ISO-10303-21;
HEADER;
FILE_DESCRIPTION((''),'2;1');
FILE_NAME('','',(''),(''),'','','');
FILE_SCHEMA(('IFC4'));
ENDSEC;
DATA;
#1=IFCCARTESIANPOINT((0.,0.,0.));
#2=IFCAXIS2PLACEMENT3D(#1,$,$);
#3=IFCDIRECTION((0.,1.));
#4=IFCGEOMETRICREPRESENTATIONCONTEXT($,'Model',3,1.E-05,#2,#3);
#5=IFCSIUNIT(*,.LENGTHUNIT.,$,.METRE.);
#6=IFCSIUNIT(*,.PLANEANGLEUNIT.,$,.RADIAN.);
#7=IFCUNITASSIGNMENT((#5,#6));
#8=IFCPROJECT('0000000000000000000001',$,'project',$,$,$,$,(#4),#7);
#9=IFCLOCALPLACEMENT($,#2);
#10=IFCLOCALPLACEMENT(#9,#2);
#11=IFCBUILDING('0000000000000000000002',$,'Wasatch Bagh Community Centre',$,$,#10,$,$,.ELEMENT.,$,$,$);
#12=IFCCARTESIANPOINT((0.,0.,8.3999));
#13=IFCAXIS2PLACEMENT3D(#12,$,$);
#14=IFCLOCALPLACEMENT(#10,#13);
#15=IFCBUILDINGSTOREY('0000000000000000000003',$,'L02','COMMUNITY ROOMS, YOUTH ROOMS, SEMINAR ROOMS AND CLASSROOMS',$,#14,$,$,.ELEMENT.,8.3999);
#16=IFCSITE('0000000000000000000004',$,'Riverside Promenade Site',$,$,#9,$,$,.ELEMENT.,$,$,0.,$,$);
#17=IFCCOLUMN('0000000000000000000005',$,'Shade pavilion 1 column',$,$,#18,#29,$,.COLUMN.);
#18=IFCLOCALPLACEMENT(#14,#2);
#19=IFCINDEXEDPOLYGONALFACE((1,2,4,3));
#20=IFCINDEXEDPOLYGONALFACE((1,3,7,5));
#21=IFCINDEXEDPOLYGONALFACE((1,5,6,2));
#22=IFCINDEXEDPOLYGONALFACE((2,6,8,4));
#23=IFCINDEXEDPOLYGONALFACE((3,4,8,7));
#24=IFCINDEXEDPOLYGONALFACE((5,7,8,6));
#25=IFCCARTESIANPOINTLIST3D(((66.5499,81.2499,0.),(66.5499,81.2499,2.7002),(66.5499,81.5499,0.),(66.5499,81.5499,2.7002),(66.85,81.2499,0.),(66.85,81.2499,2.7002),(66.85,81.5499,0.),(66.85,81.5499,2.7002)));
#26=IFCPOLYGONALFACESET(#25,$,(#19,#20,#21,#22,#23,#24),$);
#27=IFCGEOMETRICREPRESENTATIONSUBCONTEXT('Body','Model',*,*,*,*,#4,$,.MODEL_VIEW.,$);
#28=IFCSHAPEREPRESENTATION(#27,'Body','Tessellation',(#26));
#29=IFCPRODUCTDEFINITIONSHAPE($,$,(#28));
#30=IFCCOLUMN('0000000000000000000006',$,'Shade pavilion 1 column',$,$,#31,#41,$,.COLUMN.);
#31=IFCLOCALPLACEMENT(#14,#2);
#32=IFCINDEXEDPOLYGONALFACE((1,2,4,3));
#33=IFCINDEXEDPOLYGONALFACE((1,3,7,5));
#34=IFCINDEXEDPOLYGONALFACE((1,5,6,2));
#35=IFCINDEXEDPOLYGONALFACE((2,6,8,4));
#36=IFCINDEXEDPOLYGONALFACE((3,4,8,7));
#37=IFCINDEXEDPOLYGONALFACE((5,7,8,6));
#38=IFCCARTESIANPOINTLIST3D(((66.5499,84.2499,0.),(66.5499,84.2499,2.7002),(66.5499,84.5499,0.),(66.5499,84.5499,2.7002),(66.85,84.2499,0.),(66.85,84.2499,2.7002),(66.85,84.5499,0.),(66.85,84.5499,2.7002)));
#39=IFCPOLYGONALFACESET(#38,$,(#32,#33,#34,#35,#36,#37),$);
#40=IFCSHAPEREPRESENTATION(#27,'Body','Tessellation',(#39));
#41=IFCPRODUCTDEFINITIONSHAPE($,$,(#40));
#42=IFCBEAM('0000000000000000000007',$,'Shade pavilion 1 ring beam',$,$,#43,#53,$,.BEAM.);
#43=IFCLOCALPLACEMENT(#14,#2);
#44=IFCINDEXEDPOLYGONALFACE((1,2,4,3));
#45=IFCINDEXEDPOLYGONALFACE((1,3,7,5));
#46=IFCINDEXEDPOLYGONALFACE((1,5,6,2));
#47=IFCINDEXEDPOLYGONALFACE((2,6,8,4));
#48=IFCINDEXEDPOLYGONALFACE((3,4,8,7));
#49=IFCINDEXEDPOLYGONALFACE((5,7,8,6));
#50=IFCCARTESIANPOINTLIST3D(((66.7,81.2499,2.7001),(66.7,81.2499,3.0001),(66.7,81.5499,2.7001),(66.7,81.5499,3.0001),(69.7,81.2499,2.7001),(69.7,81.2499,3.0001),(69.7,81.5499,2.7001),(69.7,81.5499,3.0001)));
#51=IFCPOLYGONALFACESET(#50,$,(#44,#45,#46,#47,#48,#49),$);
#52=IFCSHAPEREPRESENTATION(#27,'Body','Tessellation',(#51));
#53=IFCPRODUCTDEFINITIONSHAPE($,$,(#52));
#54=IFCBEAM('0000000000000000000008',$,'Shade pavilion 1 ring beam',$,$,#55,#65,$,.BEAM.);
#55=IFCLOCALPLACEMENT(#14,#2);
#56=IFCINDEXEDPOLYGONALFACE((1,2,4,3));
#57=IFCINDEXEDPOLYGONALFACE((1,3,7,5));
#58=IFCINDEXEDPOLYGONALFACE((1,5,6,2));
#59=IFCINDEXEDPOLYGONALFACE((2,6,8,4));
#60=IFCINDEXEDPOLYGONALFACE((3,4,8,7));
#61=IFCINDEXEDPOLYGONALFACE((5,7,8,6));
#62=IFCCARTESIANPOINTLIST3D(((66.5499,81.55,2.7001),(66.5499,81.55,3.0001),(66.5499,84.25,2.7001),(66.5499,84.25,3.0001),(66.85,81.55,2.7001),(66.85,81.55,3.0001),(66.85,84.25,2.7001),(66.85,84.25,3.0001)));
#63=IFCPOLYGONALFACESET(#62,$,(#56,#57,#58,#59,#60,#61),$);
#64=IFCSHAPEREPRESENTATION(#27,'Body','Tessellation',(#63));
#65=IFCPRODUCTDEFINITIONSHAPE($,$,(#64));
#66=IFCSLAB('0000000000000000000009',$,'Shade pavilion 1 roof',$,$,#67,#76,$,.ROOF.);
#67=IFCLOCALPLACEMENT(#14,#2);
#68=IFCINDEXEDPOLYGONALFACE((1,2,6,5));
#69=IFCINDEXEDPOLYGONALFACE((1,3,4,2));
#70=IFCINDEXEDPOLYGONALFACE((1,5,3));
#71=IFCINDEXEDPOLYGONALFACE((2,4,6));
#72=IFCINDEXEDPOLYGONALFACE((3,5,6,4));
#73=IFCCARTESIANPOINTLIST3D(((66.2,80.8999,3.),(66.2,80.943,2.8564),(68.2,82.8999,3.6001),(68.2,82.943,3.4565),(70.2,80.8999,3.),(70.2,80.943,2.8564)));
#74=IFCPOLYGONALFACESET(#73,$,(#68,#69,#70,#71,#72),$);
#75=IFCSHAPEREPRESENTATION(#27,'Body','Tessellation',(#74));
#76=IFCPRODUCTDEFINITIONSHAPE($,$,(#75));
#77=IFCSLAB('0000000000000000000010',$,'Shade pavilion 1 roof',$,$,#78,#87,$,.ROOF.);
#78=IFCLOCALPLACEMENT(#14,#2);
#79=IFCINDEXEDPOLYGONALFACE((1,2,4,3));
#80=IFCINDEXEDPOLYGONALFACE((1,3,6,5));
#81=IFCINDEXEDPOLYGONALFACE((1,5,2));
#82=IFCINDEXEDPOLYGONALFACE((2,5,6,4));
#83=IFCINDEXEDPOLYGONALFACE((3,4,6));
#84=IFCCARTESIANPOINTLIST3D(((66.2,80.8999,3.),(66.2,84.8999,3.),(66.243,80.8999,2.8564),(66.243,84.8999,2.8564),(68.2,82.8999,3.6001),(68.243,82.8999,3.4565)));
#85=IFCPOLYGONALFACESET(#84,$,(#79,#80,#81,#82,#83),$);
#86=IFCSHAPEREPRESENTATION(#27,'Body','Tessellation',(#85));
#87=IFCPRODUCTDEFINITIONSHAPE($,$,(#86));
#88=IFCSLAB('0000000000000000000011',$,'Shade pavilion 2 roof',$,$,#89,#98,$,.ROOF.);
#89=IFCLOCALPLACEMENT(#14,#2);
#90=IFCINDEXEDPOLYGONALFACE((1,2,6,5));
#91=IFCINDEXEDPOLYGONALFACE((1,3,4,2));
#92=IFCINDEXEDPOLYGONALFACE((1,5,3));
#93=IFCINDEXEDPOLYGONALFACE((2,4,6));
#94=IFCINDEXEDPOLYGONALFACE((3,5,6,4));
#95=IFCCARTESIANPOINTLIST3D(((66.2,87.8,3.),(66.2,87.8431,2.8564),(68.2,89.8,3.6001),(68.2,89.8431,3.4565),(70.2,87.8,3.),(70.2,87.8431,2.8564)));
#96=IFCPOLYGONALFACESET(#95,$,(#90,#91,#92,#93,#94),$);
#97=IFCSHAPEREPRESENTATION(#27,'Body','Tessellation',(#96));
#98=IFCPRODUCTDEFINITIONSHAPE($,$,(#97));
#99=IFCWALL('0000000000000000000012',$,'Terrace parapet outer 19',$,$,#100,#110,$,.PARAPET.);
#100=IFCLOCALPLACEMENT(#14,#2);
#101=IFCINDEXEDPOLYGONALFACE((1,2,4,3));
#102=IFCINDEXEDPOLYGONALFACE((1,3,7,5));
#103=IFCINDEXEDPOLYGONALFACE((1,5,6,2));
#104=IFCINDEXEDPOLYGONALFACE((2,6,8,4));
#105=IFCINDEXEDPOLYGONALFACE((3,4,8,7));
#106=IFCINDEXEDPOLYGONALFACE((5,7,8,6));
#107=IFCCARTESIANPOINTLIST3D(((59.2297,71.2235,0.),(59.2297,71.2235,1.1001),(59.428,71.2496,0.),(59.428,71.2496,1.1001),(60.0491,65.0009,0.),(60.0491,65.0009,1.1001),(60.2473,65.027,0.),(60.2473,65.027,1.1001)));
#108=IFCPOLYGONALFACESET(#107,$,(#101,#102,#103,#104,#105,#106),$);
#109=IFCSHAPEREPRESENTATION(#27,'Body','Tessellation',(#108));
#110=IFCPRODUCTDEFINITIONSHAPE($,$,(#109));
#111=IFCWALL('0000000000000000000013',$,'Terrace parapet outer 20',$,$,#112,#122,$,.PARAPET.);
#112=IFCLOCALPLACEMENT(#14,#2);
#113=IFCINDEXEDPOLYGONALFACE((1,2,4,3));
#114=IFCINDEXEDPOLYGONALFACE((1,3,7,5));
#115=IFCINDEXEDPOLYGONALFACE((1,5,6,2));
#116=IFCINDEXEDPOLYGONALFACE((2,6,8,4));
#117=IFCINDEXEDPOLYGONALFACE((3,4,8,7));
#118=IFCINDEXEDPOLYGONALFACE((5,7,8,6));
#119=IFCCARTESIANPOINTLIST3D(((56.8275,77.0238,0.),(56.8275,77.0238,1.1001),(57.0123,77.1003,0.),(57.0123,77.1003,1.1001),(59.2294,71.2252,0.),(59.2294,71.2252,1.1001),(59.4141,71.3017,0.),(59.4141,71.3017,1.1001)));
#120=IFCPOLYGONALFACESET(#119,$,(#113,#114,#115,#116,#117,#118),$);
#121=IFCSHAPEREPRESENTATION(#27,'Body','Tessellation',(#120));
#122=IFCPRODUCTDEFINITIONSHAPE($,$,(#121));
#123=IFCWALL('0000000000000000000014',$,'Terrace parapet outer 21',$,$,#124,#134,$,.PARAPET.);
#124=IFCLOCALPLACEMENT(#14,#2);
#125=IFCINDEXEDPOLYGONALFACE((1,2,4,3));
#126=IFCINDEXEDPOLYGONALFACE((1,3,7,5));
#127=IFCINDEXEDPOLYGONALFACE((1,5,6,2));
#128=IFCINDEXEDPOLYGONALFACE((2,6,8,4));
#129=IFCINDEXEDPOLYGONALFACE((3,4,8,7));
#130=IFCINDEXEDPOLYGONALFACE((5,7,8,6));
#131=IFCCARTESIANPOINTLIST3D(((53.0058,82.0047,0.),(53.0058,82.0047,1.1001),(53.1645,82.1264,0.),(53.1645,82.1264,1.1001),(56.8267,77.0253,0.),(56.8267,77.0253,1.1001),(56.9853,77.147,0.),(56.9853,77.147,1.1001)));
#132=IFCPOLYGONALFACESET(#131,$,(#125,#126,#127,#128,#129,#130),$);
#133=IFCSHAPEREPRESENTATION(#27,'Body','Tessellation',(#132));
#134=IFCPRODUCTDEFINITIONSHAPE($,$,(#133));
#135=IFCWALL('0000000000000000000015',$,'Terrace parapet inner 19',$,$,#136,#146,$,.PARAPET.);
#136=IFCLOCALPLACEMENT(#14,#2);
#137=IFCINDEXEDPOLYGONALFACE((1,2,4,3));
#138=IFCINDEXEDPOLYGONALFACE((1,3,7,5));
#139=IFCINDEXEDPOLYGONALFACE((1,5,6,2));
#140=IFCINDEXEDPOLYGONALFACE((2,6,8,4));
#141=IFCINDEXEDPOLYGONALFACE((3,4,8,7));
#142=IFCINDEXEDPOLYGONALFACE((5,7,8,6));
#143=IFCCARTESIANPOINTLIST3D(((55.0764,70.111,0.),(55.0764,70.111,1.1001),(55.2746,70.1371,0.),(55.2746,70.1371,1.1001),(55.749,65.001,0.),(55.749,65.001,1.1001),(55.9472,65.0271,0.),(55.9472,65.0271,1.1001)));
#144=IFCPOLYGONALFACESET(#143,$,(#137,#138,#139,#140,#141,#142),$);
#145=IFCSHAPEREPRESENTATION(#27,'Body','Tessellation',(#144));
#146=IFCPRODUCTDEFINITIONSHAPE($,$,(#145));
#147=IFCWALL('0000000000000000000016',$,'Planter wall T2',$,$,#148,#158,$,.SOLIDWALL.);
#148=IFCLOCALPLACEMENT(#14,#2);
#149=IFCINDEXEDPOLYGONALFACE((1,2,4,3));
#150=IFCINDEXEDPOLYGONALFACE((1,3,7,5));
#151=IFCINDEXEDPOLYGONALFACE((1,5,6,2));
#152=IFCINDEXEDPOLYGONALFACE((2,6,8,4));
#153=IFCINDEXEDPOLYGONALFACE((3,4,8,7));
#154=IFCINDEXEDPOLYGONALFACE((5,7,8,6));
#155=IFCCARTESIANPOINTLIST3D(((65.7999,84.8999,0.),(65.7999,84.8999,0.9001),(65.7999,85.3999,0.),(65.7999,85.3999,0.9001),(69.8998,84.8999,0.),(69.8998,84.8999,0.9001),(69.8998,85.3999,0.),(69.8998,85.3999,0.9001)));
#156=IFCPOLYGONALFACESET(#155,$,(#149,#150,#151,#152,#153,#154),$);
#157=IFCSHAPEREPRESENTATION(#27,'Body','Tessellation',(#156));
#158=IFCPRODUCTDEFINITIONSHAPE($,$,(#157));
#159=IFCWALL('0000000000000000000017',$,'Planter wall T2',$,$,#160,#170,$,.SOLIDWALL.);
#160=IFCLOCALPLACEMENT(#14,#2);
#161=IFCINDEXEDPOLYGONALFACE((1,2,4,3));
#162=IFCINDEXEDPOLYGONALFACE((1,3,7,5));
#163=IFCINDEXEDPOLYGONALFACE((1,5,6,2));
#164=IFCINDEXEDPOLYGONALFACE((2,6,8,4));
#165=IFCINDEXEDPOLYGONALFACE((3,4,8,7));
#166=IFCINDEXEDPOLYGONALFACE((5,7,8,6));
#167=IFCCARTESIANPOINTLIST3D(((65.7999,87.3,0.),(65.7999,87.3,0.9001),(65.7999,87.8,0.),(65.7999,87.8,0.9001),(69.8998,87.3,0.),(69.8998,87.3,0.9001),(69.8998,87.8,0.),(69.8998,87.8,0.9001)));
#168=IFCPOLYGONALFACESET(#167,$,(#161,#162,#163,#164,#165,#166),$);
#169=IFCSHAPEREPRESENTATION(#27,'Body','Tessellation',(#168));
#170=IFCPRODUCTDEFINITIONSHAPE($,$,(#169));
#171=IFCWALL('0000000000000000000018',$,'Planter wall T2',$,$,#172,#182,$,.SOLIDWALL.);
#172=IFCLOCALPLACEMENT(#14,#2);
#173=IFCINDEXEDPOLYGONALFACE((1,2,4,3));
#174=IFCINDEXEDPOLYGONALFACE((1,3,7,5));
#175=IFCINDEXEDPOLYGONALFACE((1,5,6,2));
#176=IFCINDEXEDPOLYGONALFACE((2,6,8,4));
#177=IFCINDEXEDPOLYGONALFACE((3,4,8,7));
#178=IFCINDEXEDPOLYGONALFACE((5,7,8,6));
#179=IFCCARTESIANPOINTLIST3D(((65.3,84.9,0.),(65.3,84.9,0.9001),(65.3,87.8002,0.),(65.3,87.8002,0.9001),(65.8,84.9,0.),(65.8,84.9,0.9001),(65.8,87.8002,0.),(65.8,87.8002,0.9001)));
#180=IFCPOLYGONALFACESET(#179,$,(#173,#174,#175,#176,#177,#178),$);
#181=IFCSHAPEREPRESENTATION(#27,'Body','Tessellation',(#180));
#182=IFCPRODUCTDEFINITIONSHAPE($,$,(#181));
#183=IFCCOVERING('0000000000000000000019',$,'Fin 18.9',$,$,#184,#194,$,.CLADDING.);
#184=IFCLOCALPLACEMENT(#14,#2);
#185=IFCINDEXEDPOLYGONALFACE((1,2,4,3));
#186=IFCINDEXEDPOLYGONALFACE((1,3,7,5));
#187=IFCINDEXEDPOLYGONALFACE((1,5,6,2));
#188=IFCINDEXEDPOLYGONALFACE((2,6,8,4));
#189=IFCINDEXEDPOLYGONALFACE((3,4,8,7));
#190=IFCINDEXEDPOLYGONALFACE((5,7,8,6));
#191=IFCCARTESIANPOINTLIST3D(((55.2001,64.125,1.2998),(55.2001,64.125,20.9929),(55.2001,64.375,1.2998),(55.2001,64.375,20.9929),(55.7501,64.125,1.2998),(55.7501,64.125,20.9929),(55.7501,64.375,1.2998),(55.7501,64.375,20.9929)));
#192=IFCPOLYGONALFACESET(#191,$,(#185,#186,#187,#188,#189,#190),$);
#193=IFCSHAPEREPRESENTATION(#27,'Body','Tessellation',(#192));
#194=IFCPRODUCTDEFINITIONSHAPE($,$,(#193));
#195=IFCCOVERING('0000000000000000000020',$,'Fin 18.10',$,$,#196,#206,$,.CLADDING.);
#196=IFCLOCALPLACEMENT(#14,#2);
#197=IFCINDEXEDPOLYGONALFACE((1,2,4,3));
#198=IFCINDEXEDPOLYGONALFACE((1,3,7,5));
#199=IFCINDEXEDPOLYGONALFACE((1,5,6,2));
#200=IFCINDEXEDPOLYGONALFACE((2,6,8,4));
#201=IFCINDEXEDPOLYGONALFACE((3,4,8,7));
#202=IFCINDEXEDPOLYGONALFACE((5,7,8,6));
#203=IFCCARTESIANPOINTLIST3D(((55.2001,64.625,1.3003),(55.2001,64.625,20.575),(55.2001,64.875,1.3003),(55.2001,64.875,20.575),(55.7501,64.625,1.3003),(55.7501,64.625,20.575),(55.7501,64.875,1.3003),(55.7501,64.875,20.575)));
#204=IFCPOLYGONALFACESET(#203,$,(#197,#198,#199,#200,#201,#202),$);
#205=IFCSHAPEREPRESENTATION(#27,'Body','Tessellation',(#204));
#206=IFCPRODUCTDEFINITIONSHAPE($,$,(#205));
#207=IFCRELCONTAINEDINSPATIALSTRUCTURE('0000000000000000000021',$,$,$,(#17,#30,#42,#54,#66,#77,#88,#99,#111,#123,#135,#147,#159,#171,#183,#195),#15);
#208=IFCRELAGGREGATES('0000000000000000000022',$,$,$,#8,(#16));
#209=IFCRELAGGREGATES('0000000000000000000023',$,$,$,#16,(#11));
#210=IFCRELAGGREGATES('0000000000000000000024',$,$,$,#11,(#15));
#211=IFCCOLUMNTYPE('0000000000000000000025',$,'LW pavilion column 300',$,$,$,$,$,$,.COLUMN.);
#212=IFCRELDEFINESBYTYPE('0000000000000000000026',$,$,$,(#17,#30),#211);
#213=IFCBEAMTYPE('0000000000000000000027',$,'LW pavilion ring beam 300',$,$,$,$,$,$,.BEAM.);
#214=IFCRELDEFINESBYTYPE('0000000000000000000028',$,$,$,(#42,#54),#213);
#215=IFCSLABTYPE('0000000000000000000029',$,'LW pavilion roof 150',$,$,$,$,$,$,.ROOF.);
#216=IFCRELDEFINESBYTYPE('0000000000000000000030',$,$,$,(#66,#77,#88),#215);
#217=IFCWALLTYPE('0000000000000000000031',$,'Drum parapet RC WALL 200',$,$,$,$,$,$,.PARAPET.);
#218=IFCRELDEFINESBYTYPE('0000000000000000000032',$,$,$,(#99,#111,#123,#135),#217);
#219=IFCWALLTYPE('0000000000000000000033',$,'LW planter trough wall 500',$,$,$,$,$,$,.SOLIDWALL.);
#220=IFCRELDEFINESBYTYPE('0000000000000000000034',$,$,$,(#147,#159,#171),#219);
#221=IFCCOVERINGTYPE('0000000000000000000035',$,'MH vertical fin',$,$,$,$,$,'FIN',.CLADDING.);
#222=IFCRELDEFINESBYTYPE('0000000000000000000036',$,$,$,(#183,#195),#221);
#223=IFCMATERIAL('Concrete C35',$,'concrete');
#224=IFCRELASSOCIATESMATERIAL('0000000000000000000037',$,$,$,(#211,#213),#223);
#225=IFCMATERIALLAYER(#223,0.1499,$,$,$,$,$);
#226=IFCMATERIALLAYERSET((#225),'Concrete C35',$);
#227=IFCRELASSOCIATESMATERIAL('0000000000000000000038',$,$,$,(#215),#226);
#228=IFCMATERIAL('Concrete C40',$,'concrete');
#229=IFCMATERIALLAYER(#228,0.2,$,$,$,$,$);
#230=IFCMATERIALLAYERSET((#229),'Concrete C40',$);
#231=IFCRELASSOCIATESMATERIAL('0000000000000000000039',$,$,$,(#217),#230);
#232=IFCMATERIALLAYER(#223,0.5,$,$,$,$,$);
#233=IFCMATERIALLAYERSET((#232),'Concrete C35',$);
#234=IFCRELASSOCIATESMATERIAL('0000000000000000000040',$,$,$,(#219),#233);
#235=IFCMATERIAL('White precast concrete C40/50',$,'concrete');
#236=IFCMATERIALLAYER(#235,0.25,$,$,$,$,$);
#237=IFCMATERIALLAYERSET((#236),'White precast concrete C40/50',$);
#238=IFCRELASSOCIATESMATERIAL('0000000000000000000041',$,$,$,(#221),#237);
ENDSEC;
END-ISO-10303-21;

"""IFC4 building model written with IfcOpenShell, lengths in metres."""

from ifc_helpers import new_model, si_unit, direction, frame, frame_2d, origin, origin_2d, place, context, subcontext, project, spatial, polyline, rectangle, outline, extrude, material, layer, layer_set, material_profile, profile_set, type_object, element, save


model = new_model("IFC4")

# Units and contexts
model_context = context("Model", 3, precision=1e-05, world=origin(), true_north=direction((0.0, 1.0)))
body_context = subcontext(model_context, "Body", "Model", "MODEL_VIEW")
ifc_project = project(units=[si_unit("LENGTHUNIT", "METRE"), si_unit("PLANEANGLEUNIT", "RADIAN")], contexts=[model_context])

# Site, building, storey
site_placement = place(None, origin())
site = spatial("IfcSite", under=ifc_project, at=site_placement, Name="Riverside Promenade Site", CompositionType="ELEMENT", RefElevation=0.0)
building_placement = place(site_placement, origin())
building = spatial("IfcBuilding", under=site, at=building_placement, Name="Wasatch Bagh Community Centre", CompositionType="ELEMENT")
storey_placement = place(building_placement, frame((0.0, 0.0, 8.3999)))
storey = spatial("IfcBuildingStorey", under=building, at=storey_placement, Name="L02", Description="COMMUNITY ROOMS, YOUTH ROOMS, SEMINAR ROOMS AND CLASSROOMS", CompositionType="ELEMENT", Elevation=8.3999)

# Columns
ifc_material_1 = material(Name="Concrete C35", Category="concrete")
ifc_material_profile_1 = material_profile(ifc_material_1, rectangle(XDim=0.3, YDim=0.3, at=origin_2d()), Name="RC 300x300")
ifc_profile_set_1 = profile_set([ifc_material_profile_1], Name="Concrete C35")
column_type = type_object("IfcColumnType", Name="LW pavilion column 300", PredefinedType="COLUMN", material=ifc_profile_set_1)
for number, where, z_axis, x_axis, name in (
    (1, (66.7, 81.3999, 0.0), (0.0, 0.0, 1.0), (1.0, 0.0, 0.0), "Shade pavilion 1 column"),
    (2, (66.7, 84.3999, 0.0), (0.0, 0.0, 1.0), (1.0, 0.0, 0.0), "Shade pavilion 1 column"),
):
    element("IfcColumn", number, at=place(storey_placement, frame(where, z_axis=z_axis, x_axis=x_axis)), inside=storey, type_object=column_type, Name=name, PredefinedType="COLUMN", context=body_context, shape_type="SweptSolid", body=[
        extrude(rectangle(XDim=0.3, YDim=0.3, at=origin_2d()), origin(), (0.0, 0.0, 1.0), 2.7002),
    ])

# Beams
ifc_material_profile_2 = material_profile(ifc_material_1, rectangle(XDim=0.3, YDim=0.3, at=origin_2d()), Name="RC 300x300")
ifc_profile_set_2 = profile_set([ifc_material_profile_2], Name="Concrete C35")
beam_type = type_object("IfcBeamType", Name="LW pavilion ring beam 300", PredefinedType="BEAM", material=ifc_profile_set_2)
beam_1_placement = place(storey_placement, frame((66.7, 81.3999, 2.8501), z_axis=(1.0, 0.0, 0.0), x_axis=(0.0, 1.0, 0.0)))
element("IfcBeam", 3, at=beam_1_placement, inside=storey, type_object=beam_type, Name="Shade pavilion 1 ring beam", PredefinedType="BEAM", context=body_context, shape_type="SweptSolid", body=[
    extrude(rectangle(XDim=0.3, YDim=0.3, at=origin_2d()), origin(), (0.0, 0.0, 1.0), 3.0),
])
beam_2_placement = place(storey_placement, frame((66.7, 81.55, 2.8501), z_axis=(0.0, 1.0, 0.0), x_axis=(-1.0, 0.0, 0.0)))
element("IfcBeam", 4, at=beam_2_placement, inside=storey, type_object=beam_type, Name="Shade pavilion 1 ring beam", PredefinedType="BEAM", context=body_context, shape_type="SweptSolid", body=[
    extrude(rectangle(XDim=0.3, YDim=0.3, at=origin_2d()), origin(), (0.0, 0.0, 1.0), 2.7),
])

# Slabs
ifc_layer_1 = layer(ifc_material_1, 0.1499)
ifc_layer_set_1 = layer_set([ifc_layer_1], Name="Concrete C35")
slab_type = type_object("IfcSlabType", Name="LW pavilion roof 150", PredefinedType="ROOF", material=ifc_layer_set_1)
for number, where, z_axis, x_axis, name in (
    (5, (66.2, 80.8999, 3.0), (0.0, -0.287391, 0.957813), (1.0, 0.0, 0.0), "Shade pavilion 1 roof"),
    (6, (66.2, 84.8999, 3.0), (-0.287391, 0.0, 0.957813), (0.0, -1.0, 0.0), "Shade pavilion 1 roof"),
    (7, (66.2, 87.8, 3.0), (0.0, -0.287391, 0.957813), (1.0, 0.0, 0.0), "Shade pavilion 2 roof"),
):
    element("IfcSlab", number, at=place(storey_placement, frame(where, z_axis=z_axis, x_axis=x_axis)), inside=storey, type_object=slab_type, Name=name, PredefinedType="ROOF", context=body_context, shape_type="SweptSolid", body=[
        extrude(outline(polyline([(0.0, 0.0), (4.0, 0.0), (2.0, 2.0881), (0.0, 0.0)])), origin(), (0.0, 0.0, -1.0), 0.1499),
    ])

# Walls
ifc_material_2 = material(Name="Concrete C40", Category="concrete")
ifc_layer_2 = layer(ifc_material_2, 0.2)
ifc_layer_set_2 = layer_set([ifc_layer_2], Name="Concrete C40")
wall_type_1 = type_object("IfcWallType", Name="Drum parapet RC WALL 200", PredefinedType="PARAPET", material=ifc_layer_set_2)
for number, where, z_axis, x_axis, name in (
    (8, (60.1482, 65.0139, 0.0), (0.0, 0.0, 1.0), (-0.130543, 0.991443, 0.0), "Terrace parapet outer 19"),
    (9, (59.3218, 71.2634, 0.0), (0.0, 0.0, 1.0), (-0.382684, 0.923879, 0.0), "Terrace parapet outer 20"),
    (10, (56.906, 77.0862, 0.0), (0.0, 0.0, 1.0), (-0.60877, 0.793346, 0.0), "Terrace parapet outer 21"),
):
    element("IfcWall", number, at=place(storey_placement, frame(where, z_axis=z_axis, x_axis=x_axis)), inside=storey, type_object=wall_type_1, Name=name, PredefinedType="PARAPET", context=body_context, shape_type="SweptSolid", body=[
        extrude(rectangle(XDim=6.2764, YDim=0.2, at=frame_2d((3.1382, 0.0))), origin(), (0.0, 0.0, 1.0), 1.1001),
    ])
wall_1_placement = place(storey_placement, frame((55.8481, 65.0139, 0.0), z_axis=(0.0, 0.0, 1.0), x_axis=(-0.130504, 0.991448, 0.0)))
element("IfcWall", 11, at=wall_1_placement, inside=storey, type_object=wall_type_1, Name="Terrace parapet inner 19", PredefinedType="PARAPET", context=body_context, shape_type="SweptSolid", body=[
    extrude(rectangle(XDim=5.1541, YDim=0.2, at=frame_2d((2.5771, 0.0))), origin(), (0.0, 0.0, 1.0), 1.1001),
])
ifc_layer_3 = layer(ifc_material_1, 0.5)
ifc_layer_set_3 = layer_set([ifc_layer_3], Name="Concrete C35")
wall_type_2 = type_object("IfcWallType", Name="LW planter trough wall 500", PredefinedType="SOLIDWALL", material=ifc_layer_set_3)
for number, where, z_axis, x_axis, name in (
    (12, (65.8, 85.1499, 0.0), (0.0, 0.0, 1.0), (1.0, 0.0, 0.0), "Planter wall T2"),
    (13, (65.8, 87.55, 0.0), (0.0, 0.0, 1.0), (1.0, 0.0, 0.0), "Planter wall T2"),
):
    element("IfcWall", number, at=place(storey_placement, frame(where, z_axis=z_axis, x_axis=x_axis)), inside=storey, type_object=wall_type_2, Name=name, PredefinedType="SOLIDWALL", context=body_context, shape_type="SweptSolid", body=[
        extrude(rectangle(XDim=4.0999, YDim=0.5, at=frame_2d((2.0498, 0.0))), origin(), (0.0, 0.0, 1.0), 0.9001),
    ])
wall_2_placement = place(storey_placement, frame((65.55, 84.8999, 0.0), z_axis=(0.0, 0.0, 1.0), x_axis=(0.0, 1.0, 0.0)))
element("IfcWall", 14, at=wall_2_placement, inside=storey, type_object=wall_type_2, Name="Planter wall T2", PredefinedType="SOLIDWALL", context=body_context, shape_type="SweptSolid", body=[
    extrude(rectangle(XDim=2.9001, YDim=0.5, at=frame_2d((1.4502, 0.0))), origin(), (0.0, 0.0, 1.0), 0.9001),
])

# Coverings
ifc_material_3 = material(Name="White precast concrete C40/50", Category="concrete")
ifc_layer_4 = layer(ifc_material_3, 0.25)
ifc_layer_set_4 = layer_set([ifc_layer_4], Name="White precast concrete C40/50")
covering_type = type_object("IfcCoveringType", Name="MH vertical fin", ElementType="FIN", PredefinedType="CLADDING", material=ifc_layer_set_4)
covering_1_placement = place(storey_placement, frame((55.4751, 64.25, 1.2998), z_axis=(0.0, 0.0, 1.0), x_axis=(0.0, 1.0, 0.0)))
element("IfcCovering", 15, at=covering_1_placement, inside=storey, type_object=covering_type, Name="Fin 18.9", PredefinedType="CLADDING", context=body_context, shape_type="SweptSolid", body=[
    extrude(rectangle(XDim=0.25, YDim=0.55, at=origin_2d()), origin(), (0.0, 0.0, 1.0), 19.6931),
])
covering_2_placement = place(storey_placement, frame((55.4751, 64.75, 1.3003), z_axis=(0.0, 0.0, 1.0), x_axis=(0.0, 1.0, 0.0)))
element("IfcCovering", 16, at=covering_2_placement, inside=storey, type_object=covering_type, Name="Fin 18.10", PredefinedType="CLADDING", context=body_context, shape_type="SweptSolid", body=[
    extrude(rectangle(XDim=0.25, YDim=0.55, at=origin_2d()), origin(), (0.0, 0.0, 1.0), 19.2747),
])

save(model, "model.ifc")
